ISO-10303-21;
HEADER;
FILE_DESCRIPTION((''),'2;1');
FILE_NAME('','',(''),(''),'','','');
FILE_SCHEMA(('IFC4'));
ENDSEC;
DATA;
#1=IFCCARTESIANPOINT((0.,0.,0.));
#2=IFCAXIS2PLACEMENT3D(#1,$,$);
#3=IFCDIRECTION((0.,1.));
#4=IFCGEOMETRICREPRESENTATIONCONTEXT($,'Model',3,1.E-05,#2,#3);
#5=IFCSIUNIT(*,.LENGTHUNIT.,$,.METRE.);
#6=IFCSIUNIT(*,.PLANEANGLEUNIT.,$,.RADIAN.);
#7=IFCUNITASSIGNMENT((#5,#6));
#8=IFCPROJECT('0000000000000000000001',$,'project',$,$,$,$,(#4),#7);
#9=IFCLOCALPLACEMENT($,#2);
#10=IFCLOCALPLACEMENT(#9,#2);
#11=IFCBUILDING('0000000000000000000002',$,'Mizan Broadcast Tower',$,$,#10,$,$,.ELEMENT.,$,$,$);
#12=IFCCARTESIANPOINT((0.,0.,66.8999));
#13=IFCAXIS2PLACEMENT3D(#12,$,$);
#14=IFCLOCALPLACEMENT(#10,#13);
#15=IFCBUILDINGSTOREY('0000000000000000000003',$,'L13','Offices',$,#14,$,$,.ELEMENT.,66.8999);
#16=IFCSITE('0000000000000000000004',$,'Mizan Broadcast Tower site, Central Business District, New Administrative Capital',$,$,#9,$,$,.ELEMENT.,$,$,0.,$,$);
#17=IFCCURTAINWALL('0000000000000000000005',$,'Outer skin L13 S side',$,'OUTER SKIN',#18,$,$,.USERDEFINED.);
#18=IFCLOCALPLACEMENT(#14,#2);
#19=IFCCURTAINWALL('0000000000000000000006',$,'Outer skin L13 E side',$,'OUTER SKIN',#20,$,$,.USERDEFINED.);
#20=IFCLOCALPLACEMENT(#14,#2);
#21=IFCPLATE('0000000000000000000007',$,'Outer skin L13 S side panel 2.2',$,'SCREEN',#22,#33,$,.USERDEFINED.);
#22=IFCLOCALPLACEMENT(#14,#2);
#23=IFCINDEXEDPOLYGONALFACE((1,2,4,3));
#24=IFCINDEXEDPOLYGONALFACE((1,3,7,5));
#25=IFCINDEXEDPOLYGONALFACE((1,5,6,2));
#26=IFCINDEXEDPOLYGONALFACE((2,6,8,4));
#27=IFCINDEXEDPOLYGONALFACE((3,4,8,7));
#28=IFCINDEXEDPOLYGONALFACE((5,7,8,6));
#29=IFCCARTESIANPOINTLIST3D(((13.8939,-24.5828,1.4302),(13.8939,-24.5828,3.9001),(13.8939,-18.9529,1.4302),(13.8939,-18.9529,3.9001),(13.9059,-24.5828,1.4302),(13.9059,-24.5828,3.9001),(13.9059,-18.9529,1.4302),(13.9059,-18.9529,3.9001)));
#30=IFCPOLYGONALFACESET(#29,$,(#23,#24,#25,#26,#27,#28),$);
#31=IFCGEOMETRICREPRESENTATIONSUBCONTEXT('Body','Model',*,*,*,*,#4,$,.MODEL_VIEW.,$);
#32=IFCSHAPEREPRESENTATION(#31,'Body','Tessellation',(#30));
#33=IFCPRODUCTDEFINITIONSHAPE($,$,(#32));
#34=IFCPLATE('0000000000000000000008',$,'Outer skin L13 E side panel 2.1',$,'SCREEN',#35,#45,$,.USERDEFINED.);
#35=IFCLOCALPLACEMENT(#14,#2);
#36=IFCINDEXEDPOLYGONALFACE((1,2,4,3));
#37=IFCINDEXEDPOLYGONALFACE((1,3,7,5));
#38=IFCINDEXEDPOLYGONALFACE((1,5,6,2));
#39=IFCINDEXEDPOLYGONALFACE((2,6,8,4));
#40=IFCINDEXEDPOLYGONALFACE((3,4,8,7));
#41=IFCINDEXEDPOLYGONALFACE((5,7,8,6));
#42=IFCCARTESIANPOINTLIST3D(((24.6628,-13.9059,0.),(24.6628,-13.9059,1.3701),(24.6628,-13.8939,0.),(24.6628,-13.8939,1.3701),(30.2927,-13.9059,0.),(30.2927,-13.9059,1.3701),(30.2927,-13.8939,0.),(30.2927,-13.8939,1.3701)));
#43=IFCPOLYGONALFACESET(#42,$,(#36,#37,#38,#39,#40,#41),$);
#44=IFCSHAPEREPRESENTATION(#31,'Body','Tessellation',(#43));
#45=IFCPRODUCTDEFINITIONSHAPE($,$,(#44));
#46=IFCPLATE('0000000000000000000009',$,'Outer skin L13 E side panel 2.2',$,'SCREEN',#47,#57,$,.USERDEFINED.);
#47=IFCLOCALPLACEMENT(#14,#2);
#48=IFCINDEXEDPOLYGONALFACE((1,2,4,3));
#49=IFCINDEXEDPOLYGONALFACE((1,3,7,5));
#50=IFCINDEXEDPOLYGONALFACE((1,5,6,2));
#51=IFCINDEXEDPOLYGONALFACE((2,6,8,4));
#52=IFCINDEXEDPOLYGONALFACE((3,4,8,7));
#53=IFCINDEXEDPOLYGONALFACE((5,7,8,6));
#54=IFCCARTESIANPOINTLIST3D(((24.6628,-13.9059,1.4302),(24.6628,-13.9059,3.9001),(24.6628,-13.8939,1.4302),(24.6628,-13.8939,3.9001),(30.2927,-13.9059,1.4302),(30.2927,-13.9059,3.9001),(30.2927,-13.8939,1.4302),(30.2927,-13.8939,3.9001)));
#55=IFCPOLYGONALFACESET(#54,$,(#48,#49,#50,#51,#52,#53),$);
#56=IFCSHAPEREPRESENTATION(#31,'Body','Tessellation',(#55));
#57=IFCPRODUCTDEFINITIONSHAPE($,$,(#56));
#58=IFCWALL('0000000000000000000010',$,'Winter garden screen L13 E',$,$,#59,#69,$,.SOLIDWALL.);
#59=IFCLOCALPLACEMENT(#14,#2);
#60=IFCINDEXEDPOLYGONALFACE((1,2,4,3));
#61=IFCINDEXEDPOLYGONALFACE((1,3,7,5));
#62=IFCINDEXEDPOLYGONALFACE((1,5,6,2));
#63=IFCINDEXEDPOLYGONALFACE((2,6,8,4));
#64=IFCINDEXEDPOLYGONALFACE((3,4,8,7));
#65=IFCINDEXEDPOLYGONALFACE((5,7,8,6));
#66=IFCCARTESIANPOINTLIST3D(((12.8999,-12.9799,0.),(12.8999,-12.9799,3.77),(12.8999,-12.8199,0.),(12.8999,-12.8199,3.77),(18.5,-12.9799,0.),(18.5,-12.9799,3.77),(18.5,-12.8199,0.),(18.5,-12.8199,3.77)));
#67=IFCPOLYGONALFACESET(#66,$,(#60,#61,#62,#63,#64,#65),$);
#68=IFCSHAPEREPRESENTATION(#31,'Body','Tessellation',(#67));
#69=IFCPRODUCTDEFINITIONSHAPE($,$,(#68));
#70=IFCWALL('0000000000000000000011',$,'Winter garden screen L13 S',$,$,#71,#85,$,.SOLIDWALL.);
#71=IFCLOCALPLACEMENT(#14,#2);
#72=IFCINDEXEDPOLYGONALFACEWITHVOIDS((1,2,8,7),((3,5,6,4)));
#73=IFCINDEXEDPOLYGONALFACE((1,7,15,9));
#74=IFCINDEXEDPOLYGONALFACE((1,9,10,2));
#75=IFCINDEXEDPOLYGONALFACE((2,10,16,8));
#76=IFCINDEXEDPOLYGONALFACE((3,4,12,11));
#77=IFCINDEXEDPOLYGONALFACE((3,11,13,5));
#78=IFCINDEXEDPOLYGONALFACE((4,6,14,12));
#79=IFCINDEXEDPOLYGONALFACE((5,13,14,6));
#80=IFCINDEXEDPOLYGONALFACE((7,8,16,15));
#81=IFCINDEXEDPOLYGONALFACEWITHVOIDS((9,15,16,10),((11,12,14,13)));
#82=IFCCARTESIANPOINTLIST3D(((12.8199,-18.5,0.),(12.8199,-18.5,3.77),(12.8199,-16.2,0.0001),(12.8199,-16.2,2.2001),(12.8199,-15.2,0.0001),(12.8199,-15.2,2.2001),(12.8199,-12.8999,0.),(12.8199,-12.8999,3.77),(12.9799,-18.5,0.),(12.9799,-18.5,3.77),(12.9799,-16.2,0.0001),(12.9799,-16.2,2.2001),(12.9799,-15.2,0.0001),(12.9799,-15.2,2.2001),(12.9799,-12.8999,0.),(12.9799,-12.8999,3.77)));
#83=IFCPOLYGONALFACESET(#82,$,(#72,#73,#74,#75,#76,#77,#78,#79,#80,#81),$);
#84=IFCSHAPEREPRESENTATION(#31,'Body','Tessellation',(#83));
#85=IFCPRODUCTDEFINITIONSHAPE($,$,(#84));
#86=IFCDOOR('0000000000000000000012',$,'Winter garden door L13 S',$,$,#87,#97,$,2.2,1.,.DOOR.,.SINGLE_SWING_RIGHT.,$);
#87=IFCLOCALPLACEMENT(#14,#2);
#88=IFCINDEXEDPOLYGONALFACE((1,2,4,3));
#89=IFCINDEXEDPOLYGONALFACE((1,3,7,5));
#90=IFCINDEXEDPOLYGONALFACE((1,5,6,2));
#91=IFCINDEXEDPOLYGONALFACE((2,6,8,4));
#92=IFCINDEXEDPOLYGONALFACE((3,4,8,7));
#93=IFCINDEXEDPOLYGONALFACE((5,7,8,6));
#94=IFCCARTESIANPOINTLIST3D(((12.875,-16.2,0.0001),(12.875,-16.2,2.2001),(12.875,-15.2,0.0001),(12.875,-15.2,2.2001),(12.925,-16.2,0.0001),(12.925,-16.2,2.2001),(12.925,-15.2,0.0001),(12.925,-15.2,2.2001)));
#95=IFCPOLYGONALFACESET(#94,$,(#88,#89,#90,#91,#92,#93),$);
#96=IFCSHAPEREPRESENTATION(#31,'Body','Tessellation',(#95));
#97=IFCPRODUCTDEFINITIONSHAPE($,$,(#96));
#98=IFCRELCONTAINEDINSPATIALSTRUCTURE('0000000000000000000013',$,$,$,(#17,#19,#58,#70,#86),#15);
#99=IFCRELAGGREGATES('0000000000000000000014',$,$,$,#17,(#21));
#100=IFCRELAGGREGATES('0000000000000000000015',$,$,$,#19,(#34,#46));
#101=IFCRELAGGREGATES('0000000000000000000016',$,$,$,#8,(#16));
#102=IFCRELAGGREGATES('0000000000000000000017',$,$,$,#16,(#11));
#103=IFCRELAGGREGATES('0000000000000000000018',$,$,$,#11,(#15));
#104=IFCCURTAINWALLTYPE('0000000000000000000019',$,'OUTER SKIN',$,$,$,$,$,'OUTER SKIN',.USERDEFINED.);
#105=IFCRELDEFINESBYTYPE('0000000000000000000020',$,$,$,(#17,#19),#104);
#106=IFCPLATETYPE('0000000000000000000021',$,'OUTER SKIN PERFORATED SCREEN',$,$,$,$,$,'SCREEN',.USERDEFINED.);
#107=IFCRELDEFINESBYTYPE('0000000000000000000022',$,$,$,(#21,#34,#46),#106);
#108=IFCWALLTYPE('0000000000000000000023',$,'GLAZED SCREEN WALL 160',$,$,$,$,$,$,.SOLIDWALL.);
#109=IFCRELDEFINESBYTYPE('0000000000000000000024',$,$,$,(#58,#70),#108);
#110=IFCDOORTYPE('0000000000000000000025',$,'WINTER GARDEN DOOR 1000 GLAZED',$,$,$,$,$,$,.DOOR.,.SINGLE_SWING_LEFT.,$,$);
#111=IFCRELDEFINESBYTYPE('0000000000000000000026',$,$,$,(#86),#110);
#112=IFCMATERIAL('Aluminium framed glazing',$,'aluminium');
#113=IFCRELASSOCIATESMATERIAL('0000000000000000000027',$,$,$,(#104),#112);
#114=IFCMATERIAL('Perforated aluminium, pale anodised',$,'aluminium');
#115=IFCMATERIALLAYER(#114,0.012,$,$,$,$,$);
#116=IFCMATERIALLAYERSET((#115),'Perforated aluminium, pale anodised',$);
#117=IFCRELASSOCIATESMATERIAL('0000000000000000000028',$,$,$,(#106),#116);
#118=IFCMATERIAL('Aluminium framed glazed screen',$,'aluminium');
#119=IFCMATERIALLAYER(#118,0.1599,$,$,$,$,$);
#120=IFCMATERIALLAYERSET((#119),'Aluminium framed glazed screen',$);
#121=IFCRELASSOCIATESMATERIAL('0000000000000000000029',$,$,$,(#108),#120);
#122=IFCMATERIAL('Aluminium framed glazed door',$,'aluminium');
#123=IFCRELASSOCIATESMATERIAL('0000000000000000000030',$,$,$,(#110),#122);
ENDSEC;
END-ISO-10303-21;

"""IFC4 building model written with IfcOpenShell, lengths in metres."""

from ifc_helpers import new_model, si_unit, direction, frame, frame_2d, origin, origin_2d, place, context, subcontext, project, spatial, rectangle, extrude, material, layer, layer_set, type_object, element, fill, aggregate, save


model = new_model("IFC4")

# Units and contexts
model_context = context("Model", 3, precision=1e-05, world=origin(), true_north=direction((0.0, 1.0)))
body_context = subcontext(model_context, "Body", "Model", "MODEL_VIEW")
ifc_project = project(units=[si_unit("LENGTHUNIT", "METRE"), si_unit("PLANEANGLEUNIT", "RADIAN")], contexts=[model_context])

# Site, building, storey
site_placement = place(None, origin())
site = spatial("IfcSite", under=ifc_project, at=site_placement, Name="Mizan Broadcast Tower site, Central Business District, New Administrative Capital", CompositionType="ELEMENT", RefElevation=0.0)
building_placement = place(site_placement, origin())
building = spatial("IfcBuilding", under=site, at=building_placement, Name="Mizan Broadcast Tower", CompositionType="ELEMENT")
storey_placement = place(building_placement, frame((0.0, 0.0, 66.8999)))
storey = spatial("IfcBuildingStorey", under=building, at=storey_placement, Name="L13", Description="Offices", CompositionType="ELEMENT", Elevation=66.8999)

# Shared definitions
ifc_material_1 = material(Name="Aluminium framed glazing", Category="aluminium")
curtain_wall_type_1 = type_object("IfcCurtainWallType", Name="OUTER SKIN", ElementType="OUTER SKIN", PredefinedType="USERDEFINED", material=ifc_material_1)

# Curtain wall
curtain_wall_1_placement = place(storey_placement, origin())
curtain_wall_1 = element("IfcCurtainWall", 1, at=curtain_wall_1_placement, inside=storey, type_object=curtain_wall_type_1, Name="Outer skin L13 S side", ObjectType="OUTER SKIN", PredefinedType="USERDEFINED")

# Curtain wall
curtain_wall_2_placement = place(storey_placement, origin())
curtain_wall_2 = element("IfcCurtainWall", 2, at=curtain_wall_2_placement, inside=storey, type_object=curtain_wall_type_1, Name="Outer skin L13 E side", ObjectType="OUTER SKIN", PredefinedType="USERDEFINED")

# Plates
ifc_material_2 = material(Name="Perforated aluminium, pale anodised", Category="aluminium")
ifc_layer_1 = layer(ifc_material_2, 0.012)
ifc_layer_set_1 = layer_set([ifc_layer_1], Name="Perforated aluminium, pale anodised")
plate_type_1 = type_object("IfcPlateType", Name="OUTER SKIN PERFORATED SCREEN", ElementType="SCREEN", PredefinedType="USERDEFINED", material=ifc_layer_set_1)
plate_1_placement = place(storey_placement, frame((13.8999, -21.7678, 1.4302), z_axis=(0.0, 0.0, 1.0), x_axis=(0.0, 1.0, 0.0)))
plate_1 = element("IfcPlate", 3, at=plate_1_placement, type_object=plate_type_1, Name="Outer skin L13 S side panel 2.2", ObjectType="SCREEN", PredefinedType="USERDEFINED", context=body_context, shape_type="SweptSolid", body=[
    extrude(rectangle(XDim=5.6299, YDim=0.012, at=origin_2d()), origin(), (0.0, 0.0, 1.0), 2.47),
])
aggregate(curtain_wall_1, [plate_1])
plate_2_placement = place(storey_placement, frame((27.4778, -13.8999, 0.0), z_axis=(0.0, 0.0, 1.0), x_axis=(1.0, 0.0, 0.0)))
plate_2 = element("IfcPlate", 4, at=plate_2_placement, type_object=plate_type_1, Name="Outer skin L13 E side panel 2.1", ObjectType="SCREEN", PredefinedType="USERDEFINED", context=body_context, shape_type="SweptSolid", body=[
    extrude(rectangle(XDim=5.6299, YDim=0.012, at=origin_2d()), origin(), (0.0, 0.0, 1.0), 1.3701),
])
plate_3_placement = place(storey_placement, frame((27.4778, -13.8999, 1.4302), z_axis=(0.0, 0.0, 1.0), x_axis=(1.0, 0.0, 0.0)))
plate_3 = element("IfcPlate", 5, at=plate_3_placement, type_object=plate_type_1, Name="Outer skin L13 E side panel 2.2", ObjectType="SCREEN", PredefinedType="USERDEFINED", context=body_context, shape_type="SweptSolid", body=[
    extrude(rectangle(XDim=5.6299, YDim=0.012, at=origin_2d()), origin(), (0.0, 0.0, 1.0), 2.47),
])
aggregate(curtain_wall_2, [plate_2, plate_3])

# Wall
ifc_material_3 = material(Name="Aluminium framed glazed screen", Category="aluminium")
ifc_layer_2 = layer(ifc_material_3, 0.1599)
ifc_layer_set_2 = layer_set([ifc_layer_2], Name="Aluminium framed glazed screen")
wall_type = type_object("IfcWallType", Name="GLAZED SCREEN WALL 160", PredefinedType="SOLIDWALL", material=ifc_layer_set_2)
wall_1_placement = place(storey_placement, frame((12.8999, -12.8999, 0.0), z_axis=(0.0, 0.0, 1.0), x_axis=(1.0, 0.0, 0.0)))
element("IfcWall", 6, at=wall_1_placement, inside=storey, type_object=wall_type, Name="Winter garden screen L13 E", PredefinedType="SOLIDWALL", context=body_context, shape_type="SweptSolid", body=[
    extrude(rectangle(XDim=5.6001, YDim=0.1599, at=frame_2d((2.8, 0.0))), origin(), (0.0, 0.0, 1.0), 3.77),
])

# Wall, opening, door
wall_2_placement = place(storey_placement, frame((12.8999, -18.5, 0.0), z_axis=(0.0, 0.0, 1.0), x_axis=(0.0, 1.0, 0.0)))
wall_2 = element("IfcWall", 7, at=wall_2_placement, inside=storey, type_object=wall_type, Name="Winter garden screen L13 S", PredefinedType="SOLIDWALL", context=body_context, shape_type="SweptSolid", body=[
    extrude(rectangle(XDim=5.6001, YDim=0.1599, at=frame_2d((2.8, 0.0))), origin(), (0.0, 0.0, 1.0), 3.77),
])
opening_placement = place(wall_2_placement, frame((2.3, 0.0, 0.0)))
opening = element("IfcOpeningElement", 8, at=opening_placement, cuts=wall_2, PredefinedType="OPENING", context=body_context, shape_type="SweptSolid", body=[
    extrude(rectangle(XDim=1.0, YDim=2.2, at=frame_2d((0.5, 1.1001))), frame((0.0, 0.0898, 0.0), z_axis=(0.0, -1.0, 0.0), x_axis=(1.0, 0.0, 0.0)), (0.0, 0.0, 1.0), 0.1799),
])
ifc_material_4 = material(Name="Aluminium framed glazed door", Category="aluminium")
door_type = type_object("IfcDoorType", Name="WINTER GARDEN DOOR 1000 GLAZED", OperationType="SINGLE_SWING_LEFT", PredefinedType="DOOR", material=ifc_material_4)
door_placement = place(opening_placement, origin())
door = element("IfcDoor", 9, at=door_placement, inside=storey, type_object=door_type, Name="Winter garden door L13 S", OperationType="SINGLE_SWING_RIGHT", OverallHeight=2.2, OverallWidth=1.0, PredefinedType="DOOR", context=body_context, shape_type="SweptSolid", body=[
    extrude(rectangle(XDim=1.0, YDim=2.2, at=frame_2d((0.5, 1.1001))), frame((0.0, 0.0249, 0.0), z_axis=(0.0, -1.0, 0.0), x_axis=(1.0, 0.0, 0.0)), (0.0, 0.0, 1.0), 0.05),
])
fill(opening, door)

save(model, "model.ifc")
